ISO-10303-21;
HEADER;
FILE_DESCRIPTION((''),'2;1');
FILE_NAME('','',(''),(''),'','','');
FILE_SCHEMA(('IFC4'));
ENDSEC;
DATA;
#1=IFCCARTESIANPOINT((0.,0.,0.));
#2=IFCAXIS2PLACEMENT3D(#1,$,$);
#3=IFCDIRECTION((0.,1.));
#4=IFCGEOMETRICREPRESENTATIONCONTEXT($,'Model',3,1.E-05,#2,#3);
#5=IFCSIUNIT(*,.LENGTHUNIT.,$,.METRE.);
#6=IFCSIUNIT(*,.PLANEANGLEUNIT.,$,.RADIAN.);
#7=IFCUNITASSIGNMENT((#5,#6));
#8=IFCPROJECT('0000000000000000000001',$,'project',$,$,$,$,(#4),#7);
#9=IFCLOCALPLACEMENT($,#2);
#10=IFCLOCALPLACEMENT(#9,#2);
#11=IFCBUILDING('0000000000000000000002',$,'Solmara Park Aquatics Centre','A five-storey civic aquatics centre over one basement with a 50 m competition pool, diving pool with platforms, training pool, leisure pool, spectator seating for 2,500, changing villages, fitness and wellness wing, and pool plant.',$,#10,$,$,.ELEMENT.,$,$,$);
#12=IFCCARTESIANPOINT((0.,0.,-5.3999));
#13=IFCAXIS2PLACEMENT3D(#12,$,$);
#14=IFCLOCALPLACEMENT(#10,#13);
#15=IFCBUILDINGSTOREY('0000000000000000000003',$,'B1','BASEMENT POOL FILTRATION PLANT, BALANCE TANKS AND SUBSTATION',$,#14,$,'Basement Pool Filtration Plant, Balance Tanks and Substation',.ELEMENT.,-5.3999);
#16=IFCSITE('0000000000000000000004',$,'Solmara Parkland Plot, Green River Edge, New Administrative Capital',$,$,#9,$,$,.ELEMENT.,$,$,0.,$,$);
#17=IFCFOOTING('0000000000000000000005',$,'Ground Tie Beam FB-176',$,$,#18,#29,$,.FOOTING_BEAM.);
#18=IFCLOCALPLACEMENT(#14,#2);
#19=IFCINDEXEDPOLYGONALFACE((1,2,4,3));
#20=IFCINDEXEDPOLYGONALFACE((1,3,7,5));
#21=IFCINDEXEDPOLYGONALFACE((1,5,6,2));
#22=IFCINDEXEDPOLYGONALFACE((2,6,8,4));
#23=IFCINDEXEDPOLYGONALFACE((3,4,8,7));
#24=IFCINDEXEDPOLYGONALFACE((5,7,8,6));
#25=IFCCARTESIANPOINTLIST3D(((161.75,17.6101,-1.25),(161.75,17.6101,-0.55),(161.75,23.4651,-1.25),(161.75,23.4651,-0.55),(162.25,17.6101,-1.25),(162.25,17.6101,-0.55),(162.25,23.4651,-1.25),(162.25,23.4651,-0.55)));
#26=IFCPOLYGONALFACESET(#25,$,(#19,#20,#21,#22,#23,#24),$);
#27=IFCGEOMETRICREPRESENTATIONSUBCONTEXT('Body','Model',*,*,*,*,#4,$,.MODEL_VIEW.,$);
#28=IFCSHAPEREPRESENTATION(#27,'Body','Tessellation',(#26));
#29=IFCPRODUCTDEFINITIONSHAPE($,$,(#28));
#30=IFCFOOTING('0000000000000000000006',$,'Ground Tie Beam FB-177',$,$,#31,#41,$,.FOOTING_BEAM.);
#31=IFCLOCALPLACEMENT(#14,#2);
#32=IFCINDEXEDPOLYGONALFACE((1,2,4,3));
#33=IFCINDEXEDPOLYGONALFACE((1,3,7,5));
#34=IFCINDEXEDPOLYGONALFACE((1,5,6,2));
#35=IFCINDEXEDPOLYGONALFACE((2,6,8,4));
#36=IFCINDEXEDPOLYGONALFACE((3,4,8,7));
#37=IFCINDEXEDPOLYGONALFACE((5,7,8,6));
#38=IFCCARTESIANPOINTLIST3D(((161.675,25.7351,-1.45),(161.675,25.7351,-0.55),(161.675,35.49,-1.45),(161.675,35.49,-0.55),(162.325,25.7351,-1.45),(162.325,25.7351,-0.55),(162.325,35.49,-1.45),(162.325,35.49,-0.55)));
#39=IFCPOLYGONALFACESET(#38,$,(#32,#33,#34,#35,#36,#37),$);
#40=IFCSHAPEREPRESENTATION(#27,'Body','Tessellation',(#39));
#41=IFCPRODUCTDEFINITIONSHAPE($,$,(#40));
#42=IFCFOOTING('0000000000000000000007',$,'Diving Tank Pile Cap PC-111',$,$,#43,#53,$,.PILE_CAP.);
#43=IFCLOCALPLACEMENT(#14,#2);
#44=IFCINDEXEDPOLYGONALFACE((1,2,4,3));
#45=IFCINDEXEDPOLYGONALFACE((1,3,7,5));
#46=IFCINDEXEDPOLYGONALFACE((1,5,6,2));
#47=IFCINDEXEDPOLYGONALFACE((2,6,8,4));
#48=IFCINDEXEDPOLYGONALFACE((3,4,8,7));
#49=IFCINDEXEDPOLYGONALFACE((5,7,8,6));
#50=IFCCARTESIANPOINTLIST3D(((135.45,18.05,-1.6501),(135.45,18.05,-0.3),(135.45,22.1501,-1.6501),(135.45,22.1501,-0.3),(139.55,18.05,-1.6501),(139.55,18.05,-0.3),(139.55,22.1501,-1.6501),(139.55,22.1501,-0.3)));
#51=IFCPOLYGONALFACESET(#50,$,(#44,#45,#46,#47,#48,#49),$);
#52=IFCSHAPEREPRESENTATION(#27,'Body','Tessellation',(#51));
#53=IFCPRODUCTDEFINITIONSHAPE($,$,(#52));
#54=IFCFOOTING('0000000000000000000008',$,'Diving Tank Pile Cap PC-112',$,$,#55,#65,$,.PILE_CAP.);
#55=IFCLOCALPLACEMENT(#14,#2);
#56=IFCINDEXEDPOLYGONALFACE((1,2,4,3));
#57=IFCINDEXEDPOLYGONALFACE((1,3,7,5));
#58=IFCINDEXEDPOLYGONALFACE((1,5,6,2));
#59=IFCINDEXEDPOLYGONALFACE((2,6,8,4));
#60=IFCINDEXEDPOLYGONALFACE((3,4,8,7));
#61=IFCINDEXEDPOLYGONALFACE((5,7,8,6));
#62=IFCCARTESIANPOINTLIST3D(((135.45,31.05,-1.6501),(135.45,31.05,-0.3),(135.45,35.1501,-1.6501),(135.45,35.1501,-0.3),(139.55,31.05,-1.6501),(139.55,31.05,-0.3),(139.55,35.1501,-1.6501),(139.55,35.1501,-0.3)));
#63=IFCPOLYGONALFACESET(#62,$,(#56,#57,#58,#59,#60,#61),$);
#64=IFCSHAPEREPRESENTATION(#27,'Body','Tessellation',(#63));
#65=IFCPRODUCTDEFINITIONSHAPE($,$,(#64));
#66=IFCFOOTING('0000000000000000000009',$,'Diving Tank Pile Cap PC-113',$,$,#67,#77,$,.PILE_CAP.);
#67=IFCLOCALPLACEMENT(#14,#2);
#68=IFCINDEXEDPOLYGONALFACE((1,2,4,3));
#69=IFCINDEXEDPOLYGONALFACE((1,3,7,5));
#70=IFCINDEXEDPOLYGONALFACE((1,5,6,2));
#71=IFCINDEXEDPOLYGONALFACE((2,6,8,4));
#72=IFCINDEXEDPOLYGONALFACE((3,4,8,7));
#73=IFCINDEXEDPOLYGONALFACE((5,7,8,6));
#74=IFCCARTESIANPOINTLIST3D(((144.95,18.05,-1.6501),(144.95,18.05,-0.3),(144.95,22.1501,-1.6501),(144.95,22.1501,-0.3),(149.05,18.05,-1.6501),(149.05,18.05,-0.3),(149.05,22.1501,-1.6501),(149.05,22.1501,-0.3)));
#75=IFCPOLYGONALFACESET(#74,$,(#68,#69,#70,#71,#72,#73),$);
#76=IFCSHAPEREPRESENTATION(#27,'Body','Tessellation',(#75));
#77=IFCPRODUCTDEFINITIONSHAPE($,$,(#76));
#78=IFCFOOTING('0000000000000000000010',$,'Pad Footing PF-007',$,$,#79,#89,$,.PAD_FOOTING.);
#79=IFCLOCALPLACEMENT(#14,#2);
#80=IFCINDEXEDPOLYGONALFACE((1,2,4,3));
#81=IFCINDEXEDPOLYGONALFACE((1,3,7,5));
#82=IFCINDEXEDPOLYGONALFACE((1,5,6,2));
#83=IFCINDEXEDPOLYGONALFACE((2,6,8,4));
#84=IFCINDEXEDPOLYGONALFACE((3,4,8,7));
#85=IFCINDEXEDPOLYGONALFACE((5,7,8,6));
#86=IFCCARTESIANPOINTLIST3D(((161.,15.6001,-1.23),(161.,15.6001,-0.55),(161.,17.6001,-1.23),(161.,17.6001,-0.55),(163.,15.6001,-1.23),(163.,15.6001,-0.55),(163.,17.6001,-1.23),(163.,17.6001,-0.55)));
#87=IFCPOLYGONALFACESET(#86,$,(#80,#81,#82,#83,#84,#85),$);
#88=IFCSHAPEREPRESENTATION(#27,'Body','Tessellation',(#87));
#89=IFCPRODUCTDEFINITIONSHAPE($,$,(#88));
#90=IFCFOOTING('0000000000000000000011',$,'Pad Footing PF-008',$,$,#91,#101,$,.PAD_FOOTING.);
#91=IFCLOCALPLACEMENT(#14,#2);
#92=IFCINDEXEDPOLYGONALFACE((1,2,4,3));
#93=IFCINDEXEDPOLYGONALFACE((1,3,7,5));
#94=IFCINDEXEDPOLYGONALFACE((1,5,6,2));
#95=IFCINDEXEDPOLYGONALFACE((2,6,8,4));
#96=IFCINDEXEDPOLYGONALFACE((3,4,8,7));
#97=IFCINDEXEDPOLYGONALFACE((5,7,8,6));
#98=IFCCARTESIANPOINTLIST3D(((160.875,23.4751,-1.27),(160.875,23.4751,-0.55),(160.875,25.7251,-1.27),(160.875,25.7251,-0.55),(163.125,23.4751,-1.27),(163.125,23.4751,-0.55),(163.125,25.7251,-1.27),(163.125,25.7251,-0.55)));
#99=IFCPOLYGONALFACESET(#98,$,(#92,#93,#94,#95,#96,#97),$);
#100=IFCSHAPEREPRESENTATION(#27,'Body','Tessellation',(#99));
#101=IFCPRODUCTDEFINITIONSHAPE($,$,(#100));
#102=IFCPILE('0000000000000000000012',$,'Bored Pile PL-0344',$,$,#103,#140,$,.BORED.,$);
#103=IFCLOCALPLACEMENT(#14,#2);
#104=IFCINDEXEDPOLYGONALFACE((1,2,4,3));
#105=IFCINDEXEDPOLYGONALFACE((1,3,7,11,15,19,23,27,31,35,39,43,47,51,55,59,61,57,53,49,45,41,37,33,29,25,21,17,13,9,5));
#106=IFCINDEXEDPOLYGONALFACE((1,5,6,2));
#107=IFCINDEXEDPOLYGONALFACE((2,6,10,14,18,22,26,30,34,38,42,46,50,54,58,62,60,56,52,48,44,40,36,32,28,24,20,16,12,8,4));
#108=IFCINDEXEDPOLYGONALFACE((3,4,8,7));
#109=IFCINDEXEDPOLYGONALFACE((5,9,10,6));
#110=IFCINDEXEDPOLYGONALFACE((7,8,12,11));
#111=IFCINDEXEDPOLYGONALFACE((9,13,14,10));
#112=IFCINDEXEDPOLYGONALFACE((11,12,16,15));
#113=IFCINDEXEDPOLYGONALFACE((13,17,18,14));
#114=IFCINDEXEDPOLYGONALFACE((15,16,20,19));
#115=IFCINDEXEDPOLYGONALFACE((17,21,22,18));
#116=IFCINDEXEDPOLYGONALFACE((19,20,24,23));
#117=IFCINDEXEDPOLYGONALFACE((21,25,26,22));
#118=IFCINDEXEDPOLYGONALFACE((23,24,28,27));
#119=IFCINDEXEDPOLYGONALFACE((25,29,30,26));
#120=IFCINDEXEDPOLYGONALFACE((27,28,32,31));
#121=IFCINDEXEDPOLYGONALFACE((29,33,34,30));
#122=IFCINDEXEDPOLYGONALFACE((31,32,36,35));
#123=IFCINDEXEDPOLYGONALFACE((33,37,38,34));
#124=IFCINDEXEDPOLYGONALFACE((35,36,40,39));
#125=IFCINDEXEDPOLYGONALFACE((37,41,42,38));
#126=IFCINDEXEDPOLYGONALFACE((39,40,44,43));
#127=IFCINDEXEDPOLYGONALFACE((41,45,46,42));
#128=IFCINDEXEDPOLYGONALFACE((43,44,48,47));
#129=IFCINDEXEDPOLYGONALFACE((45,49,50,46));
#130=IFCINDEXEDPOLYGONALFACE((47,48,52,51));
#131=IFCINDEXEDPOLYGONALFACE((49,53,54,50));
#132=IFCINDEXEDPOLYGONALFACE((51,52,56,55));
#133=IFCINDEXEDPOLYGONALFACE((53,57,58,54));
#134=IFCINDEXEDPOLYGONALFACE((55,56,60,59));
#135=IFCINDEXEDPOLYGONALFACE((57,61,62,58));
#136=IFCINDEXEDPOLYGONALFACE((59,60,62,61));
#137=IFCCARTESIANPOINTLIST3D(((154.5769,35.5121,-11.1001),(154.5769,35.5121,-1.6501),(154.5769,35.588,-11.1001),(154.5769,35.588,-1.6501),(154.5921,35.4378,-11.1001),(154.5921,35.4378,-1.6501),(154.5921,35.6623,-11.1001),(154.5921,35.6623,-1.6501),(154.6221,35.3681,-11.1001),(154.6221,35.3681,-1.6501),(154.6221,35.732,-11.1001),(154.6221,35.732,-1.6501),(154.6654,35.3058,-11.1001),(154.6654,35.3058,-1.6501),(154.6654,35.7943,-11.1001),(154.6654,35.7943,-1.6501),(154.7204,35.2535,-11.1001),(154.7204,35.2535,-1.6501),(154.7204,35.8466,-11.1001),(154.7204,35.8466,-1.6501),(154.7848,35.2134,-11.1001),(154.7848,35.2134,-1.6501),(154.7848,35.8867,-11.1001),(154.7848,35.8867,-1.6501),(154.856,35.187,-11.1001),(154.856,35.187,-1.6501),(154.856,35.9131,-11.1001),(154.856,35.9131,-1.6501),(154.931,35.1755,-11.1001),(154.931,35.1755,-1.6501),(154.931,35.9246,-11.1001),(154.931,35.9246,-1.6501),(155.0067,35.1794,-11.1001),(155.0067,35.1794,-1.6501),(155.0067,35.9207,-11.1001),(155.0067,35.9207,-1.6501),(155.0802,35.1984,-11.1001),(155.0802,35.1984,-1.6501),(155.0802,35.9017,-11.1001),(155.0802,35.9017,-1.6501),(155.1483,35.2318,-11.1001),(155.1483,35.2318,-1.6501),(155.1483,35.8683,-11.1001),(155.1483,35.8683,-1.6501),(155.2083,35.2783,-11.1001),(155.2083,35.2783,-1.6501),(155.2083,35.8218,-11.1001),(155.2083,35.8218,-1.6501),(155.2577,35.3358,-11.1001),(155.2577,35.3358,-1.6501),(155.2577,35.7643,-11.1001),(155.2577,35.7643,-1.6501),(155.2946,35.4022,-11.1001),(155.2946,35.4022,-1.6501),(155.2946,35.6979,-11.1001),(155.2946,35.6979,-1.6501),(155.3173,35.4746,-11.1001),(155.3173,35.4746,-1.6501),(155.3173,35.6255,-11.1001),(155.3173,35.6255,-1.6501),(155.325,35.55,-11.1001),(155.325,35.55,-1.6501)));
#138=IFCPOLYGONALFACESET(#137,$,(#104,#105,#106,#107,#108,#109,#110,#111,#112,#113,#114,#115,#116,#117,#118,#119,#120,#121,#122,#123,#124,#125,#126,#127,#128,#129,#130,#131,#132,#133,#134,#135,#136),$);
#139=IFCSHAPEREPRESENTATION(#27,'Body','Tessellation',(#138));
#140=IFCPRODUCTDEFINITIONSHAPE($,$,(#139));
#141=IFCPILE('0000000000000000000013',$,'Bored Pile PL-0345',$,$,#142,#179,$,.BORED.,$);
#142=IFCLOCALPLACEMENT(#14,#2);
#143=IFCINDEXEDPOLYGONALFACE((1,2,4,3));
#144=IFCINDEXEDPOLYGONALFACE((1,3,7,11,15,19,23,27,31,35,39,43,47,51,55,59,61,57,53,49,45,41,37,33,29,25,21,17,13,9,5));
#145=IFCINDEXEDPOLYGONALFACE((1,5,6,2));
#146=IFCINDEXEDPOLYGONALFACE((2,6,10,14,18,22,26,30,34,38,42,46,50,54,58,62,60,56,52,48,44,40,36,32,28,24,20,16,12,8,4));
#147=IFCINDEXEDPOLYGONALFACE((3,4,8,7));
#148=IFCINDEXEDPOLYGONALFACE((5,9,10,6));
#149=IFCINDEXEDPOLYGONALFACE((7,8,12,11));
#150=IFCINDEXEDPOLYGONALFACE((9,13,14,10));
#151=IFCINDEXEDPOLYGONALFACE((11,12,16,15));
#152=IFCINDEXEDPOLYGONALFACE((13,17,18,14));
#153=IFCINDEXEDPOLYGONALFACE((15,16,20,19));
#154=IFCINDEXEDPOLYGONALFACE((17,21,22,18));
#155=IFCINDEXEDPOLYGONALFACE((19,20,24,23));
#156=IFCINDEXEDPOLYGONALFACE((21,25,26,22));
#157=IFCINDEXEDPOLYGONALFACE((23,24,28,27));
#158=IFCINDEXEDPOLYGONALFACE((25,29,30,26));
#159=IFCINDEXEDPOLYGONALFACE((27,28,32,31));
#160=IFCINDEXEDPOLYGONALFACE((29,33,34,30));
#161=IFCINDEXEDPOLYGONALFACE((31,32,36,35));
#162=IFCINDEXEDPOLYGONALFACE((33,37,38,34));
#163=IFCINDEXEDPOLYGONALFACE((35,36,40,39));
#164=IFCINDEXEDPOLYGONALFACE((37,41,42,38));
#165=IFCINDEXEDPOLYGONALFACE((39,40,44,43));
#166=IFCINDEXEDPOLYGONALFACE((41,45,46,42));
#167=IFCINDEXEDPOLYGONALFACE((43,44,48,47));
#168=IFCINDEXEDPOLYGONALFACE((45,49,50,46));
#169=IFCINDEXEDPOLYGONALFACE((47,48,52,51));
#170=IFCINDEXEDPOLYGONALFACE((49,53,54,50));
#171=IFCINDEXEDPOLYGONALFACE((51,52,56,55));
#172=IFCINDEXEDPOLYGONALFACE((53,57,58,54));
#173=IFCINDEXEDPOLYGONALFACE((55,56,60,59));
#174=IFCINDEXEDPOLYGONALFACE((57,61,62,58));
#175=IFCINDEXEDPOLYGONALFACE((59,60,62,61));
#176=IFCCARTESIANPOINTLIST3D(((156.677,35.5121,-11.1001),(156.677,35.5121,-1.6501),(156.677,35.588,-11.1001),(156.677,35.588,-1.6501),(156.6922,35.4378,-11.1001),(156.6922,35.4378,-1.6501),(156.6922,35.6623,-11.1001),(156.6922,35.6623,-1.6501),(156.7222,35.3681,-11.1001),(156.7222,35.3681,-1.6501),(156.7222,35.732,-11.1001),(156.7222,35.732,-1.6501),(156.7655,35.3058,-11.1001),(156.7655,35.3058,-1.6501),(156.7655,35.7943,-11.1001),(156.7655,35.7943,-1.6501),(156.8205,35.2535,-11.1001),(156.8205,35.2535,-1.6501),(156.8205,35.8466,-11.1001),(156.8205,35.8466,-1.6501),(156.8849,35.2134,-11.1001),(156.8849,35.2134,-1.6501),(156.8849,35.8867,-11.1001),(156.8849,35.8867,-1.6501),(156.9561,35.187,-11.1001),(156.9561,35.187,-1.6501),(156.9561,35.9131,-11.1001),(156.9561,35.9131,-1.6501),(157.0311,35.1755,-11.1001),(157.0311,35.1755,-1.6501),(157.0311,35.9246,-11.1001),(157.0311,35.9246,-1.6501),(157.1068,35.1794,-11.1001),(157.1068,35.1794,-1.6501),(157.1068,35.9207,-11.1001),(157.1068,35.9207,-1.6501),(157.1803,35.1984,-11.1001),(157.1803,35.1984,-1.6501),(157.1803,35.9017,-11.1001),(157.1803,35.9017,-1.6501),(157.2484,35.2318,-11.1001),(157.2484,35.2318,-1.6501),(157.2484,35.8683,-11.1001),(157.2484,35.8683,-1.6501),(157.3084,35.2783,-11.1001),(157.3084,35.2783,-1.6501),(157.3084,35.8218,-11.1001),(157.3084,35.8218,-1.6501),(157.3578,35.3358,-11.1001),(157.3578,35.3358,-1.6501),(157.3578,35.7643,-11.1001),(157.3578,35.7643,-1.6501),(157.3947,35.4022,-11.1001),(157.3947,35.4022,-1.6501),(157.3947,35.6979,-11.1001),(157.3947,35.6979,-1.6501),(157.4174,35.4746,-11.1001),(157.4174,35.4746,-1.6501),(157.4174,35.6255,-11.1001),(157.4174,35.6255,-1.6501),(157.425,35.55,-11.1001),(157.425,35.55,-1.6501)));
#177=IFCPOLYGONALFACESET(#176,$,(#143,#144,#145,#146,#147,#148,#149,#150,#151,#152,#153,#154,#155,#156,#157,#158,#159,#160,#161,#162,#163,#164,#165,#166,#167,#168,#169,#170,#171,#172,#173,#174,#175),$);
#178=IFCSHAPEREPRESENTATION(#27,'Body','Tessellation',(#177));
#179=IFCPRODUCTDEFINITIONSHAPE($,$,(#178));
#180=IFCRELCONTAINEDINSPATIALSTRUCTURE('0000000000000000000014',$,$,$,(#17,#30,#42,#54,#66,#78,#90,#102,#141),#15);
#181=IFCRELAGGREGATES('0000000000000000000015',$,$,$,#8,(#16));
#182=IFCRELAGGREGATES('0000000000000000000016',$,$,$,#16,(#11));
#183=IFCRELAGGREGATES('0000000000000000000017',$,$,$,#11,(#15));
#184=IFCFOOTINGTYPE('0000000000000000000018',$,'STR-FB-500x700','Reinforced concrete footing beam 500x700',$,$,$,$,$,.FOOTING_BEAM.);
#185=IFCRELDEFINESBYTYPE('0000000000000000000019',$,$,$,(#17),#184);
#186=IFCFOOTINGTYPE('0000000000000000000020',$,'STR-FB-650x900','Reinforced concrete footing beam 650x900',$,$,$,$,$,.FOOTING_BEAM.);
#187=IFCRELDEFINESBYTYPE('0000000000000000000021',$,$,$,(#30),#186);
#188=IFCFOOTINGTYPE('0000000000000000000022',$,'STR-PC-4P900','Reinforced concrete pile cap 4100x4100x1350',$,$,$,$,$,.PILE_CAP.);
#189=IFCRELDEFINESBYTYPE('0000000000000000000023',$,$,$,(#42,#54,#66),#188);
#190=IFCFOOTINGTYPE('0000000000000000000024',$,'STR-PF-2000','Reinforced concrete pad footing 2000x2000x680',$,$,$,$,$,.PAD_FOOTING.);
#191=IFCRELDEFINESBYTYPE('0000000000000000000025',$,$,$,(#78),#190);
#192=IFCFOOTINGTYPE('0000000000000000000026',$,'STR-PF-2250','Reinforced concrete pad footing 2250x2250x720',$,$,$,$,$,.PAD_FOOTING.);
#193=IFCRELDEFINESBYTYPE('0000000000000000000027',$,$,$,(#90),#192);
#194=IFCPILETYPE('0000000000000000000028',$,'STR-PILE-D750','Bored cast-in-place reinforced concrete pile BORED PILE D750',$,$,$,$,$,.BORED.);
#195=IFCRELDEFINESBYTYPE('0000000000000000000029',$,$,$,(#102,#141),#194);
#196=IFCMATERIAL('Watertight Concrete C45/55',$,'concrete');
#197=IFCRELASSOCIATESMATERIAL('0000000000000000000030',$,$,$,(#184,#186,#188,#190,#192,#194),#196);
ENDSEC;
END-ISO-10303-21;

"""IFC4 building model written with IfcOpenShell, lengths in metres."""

from ifc_helpers import new_model, si_unit, direction, frame, origin, origin_2d, place, context, subcontext, project, spatial, rectangle, circle, extrude, material, material_profile, profile_set, type_object, element, save


model = new_model("IFC4")

# Units and contexts
model_context = context("Model", 3, precision=1e-05, world=origin(), true_north=direction((0.0, 1.0)))
body_context = subcontext(model_context, "Body", "Model", "MODEL_VIEW")
ifc_project = project(units=[si_unit("LENGTHUNIT", "METRE"), si_unit("PLANEANGLEUNIT", "RADIAN")], contexts=[model_context])

# Site, building, storey
site_placement = place(None, origin())
site = spatial("IfcSite", under=ifc_project, at=site_placement, Name="Solmara Parkland Plot, Green River Edge, New Administrative Capital", CompositionType="ELEMENT", RefElevation=0.0)
building_placement = place(site_placement, origin())
building = spatial("IfcBuilding", under=site, at=building_placement, Name="Solmara Park Aquatics Centre", Description="A five-storey civic aquatics centre over one basement with a 50 m competition pool, diving pool with platforms, training pool, leisure pool, spectator seating for 2,500, changing villages, fitness and wellness wing, and pool plant.", CompositionType="ELEMENT")
storey_placement = place(building_placement, frame((0.0, 0.0, -5.3999)))
storey = spatial("IfcBuildingStorey", under=building, at=storey_placement, Name="B1", Description="BASEMENT POOL FILTRATION PLANT, BALANCE TANKS AND SUBSTATION", LongName="Basement Pool Filtration Plant, Balance Tanks and Substation", CompositionType="ELEMENT", Elevation=-5.3999)

# Footings
ifc_material_1 = material(Name="Watertight Concrete C45/55", Category="concrete")
footing_type_1 = type_object("IfcFootingType", Name="STR-FB-500x700", Description="Reinforced concrete footing beam 500x700", PredefinedType="FOOTING_BEAM", material=ifc_material_1)
footing_1_placement = place(storey_placement, frame((162.0, 20.5376, -1.25), z_axis=(0.0, 0.0, 1.0), x_axis=(1.0, 0.0, 0.0)))
element("IfcFooting", 1, at=footing_1_placement, inside=storey, type_object=footing_type_1, Name="Ground Tie Beam FB-176", PredefinedType="FOOTING_BEAM", context=body_context, shape_type="SweptSolid", body=[
    extrude(rectangle(XDim=0.5, YDim=5.855, at=origin_2d()), origin(), (0.0, 0.0, 1.0), 0.7),
])
footing_type_2 = type_object("IfcFootingType", Name="STR-FB-650x900", Description="Reinforced concrete footing beam 650x900", PredefinedType="FOOTING_BEAM", material=ifc_material_1)
footing_2_placement = place(storey_placement, frame((162.0, 30.6125, -1.45), z_axis=(0.0, 0.0, 1.0), x_axis=(1.0, 0.0, 0.0)))
element("IfcFooting", 2, at=footing_2_placement, inside=storey, type_object=footing_type_2, Name="Ground Tie Beam FB-177", PredefinedType="FOOTING_BEAM", context=body_context, shape_type="SweptSolid", body=[
    extrude(rectangle(XDim=0.6499, YDim=9.7549, at=origin_2d()), origin(), (0.0, 0.0, 1.0), 0.8999),
])
footing_type_3 = type_object("IfcFootingType", Name="STR-PC-4P900", Description="Reinforced concrete pile cap 4100x4100x1350", PredefinedType="PILE_CAP", material=ifc_material_1)
for number, where, z_axis, x_axis, name in (
    (3, (137.5, 20.1001, -1.6501), (0.0, 0.0, 1.0), (1.0, 0.0, 0.0), "Diving Tank Pile Cap PC-111"),
    (4, (137.5, 33.1001, -1.6501), (0.0, 0.0, 1.0), (1.0, 0.0, 0.0), "Diving Tank Pile Cap PC-112"),
    (5, (147.0, 20.1001, -1.6501), (0.0, 0.0, 1.0), (1.0, 0.0, 0.0), "Diving Tank Pile Cap PC-113"),
):
    element("IfcFooting", number, at=place(storey_placement, frame(where, z_axis=z_axis, x_axis=x_axis)), inside=storey, type_object=footing_type_3, Name=name, PredefinedType="PILE_CAP", context=body_context, shape_type="SweptSolid", body=[
        extrude(rectangle(XDim=4.1001, YDim=4.1001, at=origin_2d()), origin(), (0.0, 0.0, 1.0), 1.3501),
    ])
footing_type_4 = type_object("IfcFootingType", Name="STR-PF-2000", Description="Reinforced concrete pad footing 2000x2000x680", PredefinedType="PAD_FOOTING", material=ifc_material_1)
footing_3_placement = place(storey_placement, frame((162.0, 16.6001, -1.23), z_axis=(0.0, 0.0, 1.0), x_axis=(1.0, 0.0, 0.0)))
element("IfcFooting", 6, at=footing_3_placement, inside=storey, type_object=footing_type_4, Name="Pad Footing PF-007", PredefinedType="PAD_FOOTING", context=body_context, shape_type="SweptSolid", body=[
    extrude(rectangle(XDim=2.0, YDim=2.0, at=origin_2d()), origin(), (0.0, 0.0, 1.0), 0.6799),
])
footing_type_5 = type_object("IfcFootingType", Name="STR-PF-2250", Description="Reinforced concrete pad footing 2250x2250x720", PredefinedType="PAD_FOOTING", material=ifc_material_1)
footing_4_placement = place(storey_placement, frame((162.0, 24.6001, -1.27), z_axis=(0.0, 0.0, 1.0), x_axis=(1.0, 0.0, 0.0)))
element("IfcFooting", 7, at=footing_4_placement, inside=storey, type_object=footing_type_5, Name="Pad Footing PF-008", PredefinedType="PAD_FOOTING", context=body_context, shape_type="SweptSolid", body=[
    extrude(rectangle(XDim=2.25, YDim=2.25, at=origin_2d()), origin(), (0.0, 0.0, 1.0), 0.72),
])

# Piles
ifc_material_profile_1 = material_profile(ifc_material_1, circle(Radius=0.375, at=origin_2d()), Name="BORED PILE D750")
ifc_profile_set_1 = profile_set([ifc_material_profile_1], Name="Watertight Concrete C45/55")
pile_type_1 = type_object("IfcPileType", Name="STR-PILE-D750", Description="Bored cast-in-place reinforced concrete pile BORED PILE D750", PredefinedType="BORED", material=ifc_profile_set_1)
for number, where, z_axis, x_axis, name in (
    (8, (154.95, 35.55, -1.6501), (0.0, 0.0, -1.0), (1.0, 0.0, 0.0), "Bored Pile PL-0344"),
    (9, (157.05, 35.55, -1.6501), (0.0, 0.0, -1.0), (1.0, 0.0, 0.0), "Bored Pile PL-0345"),
):
    element("IfcPile", number, at=place(storey_placement, frame(where, z_axis=z_axis, x_axis=x_axis)), inside=storey, type_object=pile_type_1, Name=name, PredefinedType="BORED", context=body_context, shape_type="SweptSolid", body=[
        extrude(circle(Radius=0.375, at=origin_2d()), origin(), (0.0, 0.0, 1.0), 9.45),
    ])

save(model, "model.ifc")
